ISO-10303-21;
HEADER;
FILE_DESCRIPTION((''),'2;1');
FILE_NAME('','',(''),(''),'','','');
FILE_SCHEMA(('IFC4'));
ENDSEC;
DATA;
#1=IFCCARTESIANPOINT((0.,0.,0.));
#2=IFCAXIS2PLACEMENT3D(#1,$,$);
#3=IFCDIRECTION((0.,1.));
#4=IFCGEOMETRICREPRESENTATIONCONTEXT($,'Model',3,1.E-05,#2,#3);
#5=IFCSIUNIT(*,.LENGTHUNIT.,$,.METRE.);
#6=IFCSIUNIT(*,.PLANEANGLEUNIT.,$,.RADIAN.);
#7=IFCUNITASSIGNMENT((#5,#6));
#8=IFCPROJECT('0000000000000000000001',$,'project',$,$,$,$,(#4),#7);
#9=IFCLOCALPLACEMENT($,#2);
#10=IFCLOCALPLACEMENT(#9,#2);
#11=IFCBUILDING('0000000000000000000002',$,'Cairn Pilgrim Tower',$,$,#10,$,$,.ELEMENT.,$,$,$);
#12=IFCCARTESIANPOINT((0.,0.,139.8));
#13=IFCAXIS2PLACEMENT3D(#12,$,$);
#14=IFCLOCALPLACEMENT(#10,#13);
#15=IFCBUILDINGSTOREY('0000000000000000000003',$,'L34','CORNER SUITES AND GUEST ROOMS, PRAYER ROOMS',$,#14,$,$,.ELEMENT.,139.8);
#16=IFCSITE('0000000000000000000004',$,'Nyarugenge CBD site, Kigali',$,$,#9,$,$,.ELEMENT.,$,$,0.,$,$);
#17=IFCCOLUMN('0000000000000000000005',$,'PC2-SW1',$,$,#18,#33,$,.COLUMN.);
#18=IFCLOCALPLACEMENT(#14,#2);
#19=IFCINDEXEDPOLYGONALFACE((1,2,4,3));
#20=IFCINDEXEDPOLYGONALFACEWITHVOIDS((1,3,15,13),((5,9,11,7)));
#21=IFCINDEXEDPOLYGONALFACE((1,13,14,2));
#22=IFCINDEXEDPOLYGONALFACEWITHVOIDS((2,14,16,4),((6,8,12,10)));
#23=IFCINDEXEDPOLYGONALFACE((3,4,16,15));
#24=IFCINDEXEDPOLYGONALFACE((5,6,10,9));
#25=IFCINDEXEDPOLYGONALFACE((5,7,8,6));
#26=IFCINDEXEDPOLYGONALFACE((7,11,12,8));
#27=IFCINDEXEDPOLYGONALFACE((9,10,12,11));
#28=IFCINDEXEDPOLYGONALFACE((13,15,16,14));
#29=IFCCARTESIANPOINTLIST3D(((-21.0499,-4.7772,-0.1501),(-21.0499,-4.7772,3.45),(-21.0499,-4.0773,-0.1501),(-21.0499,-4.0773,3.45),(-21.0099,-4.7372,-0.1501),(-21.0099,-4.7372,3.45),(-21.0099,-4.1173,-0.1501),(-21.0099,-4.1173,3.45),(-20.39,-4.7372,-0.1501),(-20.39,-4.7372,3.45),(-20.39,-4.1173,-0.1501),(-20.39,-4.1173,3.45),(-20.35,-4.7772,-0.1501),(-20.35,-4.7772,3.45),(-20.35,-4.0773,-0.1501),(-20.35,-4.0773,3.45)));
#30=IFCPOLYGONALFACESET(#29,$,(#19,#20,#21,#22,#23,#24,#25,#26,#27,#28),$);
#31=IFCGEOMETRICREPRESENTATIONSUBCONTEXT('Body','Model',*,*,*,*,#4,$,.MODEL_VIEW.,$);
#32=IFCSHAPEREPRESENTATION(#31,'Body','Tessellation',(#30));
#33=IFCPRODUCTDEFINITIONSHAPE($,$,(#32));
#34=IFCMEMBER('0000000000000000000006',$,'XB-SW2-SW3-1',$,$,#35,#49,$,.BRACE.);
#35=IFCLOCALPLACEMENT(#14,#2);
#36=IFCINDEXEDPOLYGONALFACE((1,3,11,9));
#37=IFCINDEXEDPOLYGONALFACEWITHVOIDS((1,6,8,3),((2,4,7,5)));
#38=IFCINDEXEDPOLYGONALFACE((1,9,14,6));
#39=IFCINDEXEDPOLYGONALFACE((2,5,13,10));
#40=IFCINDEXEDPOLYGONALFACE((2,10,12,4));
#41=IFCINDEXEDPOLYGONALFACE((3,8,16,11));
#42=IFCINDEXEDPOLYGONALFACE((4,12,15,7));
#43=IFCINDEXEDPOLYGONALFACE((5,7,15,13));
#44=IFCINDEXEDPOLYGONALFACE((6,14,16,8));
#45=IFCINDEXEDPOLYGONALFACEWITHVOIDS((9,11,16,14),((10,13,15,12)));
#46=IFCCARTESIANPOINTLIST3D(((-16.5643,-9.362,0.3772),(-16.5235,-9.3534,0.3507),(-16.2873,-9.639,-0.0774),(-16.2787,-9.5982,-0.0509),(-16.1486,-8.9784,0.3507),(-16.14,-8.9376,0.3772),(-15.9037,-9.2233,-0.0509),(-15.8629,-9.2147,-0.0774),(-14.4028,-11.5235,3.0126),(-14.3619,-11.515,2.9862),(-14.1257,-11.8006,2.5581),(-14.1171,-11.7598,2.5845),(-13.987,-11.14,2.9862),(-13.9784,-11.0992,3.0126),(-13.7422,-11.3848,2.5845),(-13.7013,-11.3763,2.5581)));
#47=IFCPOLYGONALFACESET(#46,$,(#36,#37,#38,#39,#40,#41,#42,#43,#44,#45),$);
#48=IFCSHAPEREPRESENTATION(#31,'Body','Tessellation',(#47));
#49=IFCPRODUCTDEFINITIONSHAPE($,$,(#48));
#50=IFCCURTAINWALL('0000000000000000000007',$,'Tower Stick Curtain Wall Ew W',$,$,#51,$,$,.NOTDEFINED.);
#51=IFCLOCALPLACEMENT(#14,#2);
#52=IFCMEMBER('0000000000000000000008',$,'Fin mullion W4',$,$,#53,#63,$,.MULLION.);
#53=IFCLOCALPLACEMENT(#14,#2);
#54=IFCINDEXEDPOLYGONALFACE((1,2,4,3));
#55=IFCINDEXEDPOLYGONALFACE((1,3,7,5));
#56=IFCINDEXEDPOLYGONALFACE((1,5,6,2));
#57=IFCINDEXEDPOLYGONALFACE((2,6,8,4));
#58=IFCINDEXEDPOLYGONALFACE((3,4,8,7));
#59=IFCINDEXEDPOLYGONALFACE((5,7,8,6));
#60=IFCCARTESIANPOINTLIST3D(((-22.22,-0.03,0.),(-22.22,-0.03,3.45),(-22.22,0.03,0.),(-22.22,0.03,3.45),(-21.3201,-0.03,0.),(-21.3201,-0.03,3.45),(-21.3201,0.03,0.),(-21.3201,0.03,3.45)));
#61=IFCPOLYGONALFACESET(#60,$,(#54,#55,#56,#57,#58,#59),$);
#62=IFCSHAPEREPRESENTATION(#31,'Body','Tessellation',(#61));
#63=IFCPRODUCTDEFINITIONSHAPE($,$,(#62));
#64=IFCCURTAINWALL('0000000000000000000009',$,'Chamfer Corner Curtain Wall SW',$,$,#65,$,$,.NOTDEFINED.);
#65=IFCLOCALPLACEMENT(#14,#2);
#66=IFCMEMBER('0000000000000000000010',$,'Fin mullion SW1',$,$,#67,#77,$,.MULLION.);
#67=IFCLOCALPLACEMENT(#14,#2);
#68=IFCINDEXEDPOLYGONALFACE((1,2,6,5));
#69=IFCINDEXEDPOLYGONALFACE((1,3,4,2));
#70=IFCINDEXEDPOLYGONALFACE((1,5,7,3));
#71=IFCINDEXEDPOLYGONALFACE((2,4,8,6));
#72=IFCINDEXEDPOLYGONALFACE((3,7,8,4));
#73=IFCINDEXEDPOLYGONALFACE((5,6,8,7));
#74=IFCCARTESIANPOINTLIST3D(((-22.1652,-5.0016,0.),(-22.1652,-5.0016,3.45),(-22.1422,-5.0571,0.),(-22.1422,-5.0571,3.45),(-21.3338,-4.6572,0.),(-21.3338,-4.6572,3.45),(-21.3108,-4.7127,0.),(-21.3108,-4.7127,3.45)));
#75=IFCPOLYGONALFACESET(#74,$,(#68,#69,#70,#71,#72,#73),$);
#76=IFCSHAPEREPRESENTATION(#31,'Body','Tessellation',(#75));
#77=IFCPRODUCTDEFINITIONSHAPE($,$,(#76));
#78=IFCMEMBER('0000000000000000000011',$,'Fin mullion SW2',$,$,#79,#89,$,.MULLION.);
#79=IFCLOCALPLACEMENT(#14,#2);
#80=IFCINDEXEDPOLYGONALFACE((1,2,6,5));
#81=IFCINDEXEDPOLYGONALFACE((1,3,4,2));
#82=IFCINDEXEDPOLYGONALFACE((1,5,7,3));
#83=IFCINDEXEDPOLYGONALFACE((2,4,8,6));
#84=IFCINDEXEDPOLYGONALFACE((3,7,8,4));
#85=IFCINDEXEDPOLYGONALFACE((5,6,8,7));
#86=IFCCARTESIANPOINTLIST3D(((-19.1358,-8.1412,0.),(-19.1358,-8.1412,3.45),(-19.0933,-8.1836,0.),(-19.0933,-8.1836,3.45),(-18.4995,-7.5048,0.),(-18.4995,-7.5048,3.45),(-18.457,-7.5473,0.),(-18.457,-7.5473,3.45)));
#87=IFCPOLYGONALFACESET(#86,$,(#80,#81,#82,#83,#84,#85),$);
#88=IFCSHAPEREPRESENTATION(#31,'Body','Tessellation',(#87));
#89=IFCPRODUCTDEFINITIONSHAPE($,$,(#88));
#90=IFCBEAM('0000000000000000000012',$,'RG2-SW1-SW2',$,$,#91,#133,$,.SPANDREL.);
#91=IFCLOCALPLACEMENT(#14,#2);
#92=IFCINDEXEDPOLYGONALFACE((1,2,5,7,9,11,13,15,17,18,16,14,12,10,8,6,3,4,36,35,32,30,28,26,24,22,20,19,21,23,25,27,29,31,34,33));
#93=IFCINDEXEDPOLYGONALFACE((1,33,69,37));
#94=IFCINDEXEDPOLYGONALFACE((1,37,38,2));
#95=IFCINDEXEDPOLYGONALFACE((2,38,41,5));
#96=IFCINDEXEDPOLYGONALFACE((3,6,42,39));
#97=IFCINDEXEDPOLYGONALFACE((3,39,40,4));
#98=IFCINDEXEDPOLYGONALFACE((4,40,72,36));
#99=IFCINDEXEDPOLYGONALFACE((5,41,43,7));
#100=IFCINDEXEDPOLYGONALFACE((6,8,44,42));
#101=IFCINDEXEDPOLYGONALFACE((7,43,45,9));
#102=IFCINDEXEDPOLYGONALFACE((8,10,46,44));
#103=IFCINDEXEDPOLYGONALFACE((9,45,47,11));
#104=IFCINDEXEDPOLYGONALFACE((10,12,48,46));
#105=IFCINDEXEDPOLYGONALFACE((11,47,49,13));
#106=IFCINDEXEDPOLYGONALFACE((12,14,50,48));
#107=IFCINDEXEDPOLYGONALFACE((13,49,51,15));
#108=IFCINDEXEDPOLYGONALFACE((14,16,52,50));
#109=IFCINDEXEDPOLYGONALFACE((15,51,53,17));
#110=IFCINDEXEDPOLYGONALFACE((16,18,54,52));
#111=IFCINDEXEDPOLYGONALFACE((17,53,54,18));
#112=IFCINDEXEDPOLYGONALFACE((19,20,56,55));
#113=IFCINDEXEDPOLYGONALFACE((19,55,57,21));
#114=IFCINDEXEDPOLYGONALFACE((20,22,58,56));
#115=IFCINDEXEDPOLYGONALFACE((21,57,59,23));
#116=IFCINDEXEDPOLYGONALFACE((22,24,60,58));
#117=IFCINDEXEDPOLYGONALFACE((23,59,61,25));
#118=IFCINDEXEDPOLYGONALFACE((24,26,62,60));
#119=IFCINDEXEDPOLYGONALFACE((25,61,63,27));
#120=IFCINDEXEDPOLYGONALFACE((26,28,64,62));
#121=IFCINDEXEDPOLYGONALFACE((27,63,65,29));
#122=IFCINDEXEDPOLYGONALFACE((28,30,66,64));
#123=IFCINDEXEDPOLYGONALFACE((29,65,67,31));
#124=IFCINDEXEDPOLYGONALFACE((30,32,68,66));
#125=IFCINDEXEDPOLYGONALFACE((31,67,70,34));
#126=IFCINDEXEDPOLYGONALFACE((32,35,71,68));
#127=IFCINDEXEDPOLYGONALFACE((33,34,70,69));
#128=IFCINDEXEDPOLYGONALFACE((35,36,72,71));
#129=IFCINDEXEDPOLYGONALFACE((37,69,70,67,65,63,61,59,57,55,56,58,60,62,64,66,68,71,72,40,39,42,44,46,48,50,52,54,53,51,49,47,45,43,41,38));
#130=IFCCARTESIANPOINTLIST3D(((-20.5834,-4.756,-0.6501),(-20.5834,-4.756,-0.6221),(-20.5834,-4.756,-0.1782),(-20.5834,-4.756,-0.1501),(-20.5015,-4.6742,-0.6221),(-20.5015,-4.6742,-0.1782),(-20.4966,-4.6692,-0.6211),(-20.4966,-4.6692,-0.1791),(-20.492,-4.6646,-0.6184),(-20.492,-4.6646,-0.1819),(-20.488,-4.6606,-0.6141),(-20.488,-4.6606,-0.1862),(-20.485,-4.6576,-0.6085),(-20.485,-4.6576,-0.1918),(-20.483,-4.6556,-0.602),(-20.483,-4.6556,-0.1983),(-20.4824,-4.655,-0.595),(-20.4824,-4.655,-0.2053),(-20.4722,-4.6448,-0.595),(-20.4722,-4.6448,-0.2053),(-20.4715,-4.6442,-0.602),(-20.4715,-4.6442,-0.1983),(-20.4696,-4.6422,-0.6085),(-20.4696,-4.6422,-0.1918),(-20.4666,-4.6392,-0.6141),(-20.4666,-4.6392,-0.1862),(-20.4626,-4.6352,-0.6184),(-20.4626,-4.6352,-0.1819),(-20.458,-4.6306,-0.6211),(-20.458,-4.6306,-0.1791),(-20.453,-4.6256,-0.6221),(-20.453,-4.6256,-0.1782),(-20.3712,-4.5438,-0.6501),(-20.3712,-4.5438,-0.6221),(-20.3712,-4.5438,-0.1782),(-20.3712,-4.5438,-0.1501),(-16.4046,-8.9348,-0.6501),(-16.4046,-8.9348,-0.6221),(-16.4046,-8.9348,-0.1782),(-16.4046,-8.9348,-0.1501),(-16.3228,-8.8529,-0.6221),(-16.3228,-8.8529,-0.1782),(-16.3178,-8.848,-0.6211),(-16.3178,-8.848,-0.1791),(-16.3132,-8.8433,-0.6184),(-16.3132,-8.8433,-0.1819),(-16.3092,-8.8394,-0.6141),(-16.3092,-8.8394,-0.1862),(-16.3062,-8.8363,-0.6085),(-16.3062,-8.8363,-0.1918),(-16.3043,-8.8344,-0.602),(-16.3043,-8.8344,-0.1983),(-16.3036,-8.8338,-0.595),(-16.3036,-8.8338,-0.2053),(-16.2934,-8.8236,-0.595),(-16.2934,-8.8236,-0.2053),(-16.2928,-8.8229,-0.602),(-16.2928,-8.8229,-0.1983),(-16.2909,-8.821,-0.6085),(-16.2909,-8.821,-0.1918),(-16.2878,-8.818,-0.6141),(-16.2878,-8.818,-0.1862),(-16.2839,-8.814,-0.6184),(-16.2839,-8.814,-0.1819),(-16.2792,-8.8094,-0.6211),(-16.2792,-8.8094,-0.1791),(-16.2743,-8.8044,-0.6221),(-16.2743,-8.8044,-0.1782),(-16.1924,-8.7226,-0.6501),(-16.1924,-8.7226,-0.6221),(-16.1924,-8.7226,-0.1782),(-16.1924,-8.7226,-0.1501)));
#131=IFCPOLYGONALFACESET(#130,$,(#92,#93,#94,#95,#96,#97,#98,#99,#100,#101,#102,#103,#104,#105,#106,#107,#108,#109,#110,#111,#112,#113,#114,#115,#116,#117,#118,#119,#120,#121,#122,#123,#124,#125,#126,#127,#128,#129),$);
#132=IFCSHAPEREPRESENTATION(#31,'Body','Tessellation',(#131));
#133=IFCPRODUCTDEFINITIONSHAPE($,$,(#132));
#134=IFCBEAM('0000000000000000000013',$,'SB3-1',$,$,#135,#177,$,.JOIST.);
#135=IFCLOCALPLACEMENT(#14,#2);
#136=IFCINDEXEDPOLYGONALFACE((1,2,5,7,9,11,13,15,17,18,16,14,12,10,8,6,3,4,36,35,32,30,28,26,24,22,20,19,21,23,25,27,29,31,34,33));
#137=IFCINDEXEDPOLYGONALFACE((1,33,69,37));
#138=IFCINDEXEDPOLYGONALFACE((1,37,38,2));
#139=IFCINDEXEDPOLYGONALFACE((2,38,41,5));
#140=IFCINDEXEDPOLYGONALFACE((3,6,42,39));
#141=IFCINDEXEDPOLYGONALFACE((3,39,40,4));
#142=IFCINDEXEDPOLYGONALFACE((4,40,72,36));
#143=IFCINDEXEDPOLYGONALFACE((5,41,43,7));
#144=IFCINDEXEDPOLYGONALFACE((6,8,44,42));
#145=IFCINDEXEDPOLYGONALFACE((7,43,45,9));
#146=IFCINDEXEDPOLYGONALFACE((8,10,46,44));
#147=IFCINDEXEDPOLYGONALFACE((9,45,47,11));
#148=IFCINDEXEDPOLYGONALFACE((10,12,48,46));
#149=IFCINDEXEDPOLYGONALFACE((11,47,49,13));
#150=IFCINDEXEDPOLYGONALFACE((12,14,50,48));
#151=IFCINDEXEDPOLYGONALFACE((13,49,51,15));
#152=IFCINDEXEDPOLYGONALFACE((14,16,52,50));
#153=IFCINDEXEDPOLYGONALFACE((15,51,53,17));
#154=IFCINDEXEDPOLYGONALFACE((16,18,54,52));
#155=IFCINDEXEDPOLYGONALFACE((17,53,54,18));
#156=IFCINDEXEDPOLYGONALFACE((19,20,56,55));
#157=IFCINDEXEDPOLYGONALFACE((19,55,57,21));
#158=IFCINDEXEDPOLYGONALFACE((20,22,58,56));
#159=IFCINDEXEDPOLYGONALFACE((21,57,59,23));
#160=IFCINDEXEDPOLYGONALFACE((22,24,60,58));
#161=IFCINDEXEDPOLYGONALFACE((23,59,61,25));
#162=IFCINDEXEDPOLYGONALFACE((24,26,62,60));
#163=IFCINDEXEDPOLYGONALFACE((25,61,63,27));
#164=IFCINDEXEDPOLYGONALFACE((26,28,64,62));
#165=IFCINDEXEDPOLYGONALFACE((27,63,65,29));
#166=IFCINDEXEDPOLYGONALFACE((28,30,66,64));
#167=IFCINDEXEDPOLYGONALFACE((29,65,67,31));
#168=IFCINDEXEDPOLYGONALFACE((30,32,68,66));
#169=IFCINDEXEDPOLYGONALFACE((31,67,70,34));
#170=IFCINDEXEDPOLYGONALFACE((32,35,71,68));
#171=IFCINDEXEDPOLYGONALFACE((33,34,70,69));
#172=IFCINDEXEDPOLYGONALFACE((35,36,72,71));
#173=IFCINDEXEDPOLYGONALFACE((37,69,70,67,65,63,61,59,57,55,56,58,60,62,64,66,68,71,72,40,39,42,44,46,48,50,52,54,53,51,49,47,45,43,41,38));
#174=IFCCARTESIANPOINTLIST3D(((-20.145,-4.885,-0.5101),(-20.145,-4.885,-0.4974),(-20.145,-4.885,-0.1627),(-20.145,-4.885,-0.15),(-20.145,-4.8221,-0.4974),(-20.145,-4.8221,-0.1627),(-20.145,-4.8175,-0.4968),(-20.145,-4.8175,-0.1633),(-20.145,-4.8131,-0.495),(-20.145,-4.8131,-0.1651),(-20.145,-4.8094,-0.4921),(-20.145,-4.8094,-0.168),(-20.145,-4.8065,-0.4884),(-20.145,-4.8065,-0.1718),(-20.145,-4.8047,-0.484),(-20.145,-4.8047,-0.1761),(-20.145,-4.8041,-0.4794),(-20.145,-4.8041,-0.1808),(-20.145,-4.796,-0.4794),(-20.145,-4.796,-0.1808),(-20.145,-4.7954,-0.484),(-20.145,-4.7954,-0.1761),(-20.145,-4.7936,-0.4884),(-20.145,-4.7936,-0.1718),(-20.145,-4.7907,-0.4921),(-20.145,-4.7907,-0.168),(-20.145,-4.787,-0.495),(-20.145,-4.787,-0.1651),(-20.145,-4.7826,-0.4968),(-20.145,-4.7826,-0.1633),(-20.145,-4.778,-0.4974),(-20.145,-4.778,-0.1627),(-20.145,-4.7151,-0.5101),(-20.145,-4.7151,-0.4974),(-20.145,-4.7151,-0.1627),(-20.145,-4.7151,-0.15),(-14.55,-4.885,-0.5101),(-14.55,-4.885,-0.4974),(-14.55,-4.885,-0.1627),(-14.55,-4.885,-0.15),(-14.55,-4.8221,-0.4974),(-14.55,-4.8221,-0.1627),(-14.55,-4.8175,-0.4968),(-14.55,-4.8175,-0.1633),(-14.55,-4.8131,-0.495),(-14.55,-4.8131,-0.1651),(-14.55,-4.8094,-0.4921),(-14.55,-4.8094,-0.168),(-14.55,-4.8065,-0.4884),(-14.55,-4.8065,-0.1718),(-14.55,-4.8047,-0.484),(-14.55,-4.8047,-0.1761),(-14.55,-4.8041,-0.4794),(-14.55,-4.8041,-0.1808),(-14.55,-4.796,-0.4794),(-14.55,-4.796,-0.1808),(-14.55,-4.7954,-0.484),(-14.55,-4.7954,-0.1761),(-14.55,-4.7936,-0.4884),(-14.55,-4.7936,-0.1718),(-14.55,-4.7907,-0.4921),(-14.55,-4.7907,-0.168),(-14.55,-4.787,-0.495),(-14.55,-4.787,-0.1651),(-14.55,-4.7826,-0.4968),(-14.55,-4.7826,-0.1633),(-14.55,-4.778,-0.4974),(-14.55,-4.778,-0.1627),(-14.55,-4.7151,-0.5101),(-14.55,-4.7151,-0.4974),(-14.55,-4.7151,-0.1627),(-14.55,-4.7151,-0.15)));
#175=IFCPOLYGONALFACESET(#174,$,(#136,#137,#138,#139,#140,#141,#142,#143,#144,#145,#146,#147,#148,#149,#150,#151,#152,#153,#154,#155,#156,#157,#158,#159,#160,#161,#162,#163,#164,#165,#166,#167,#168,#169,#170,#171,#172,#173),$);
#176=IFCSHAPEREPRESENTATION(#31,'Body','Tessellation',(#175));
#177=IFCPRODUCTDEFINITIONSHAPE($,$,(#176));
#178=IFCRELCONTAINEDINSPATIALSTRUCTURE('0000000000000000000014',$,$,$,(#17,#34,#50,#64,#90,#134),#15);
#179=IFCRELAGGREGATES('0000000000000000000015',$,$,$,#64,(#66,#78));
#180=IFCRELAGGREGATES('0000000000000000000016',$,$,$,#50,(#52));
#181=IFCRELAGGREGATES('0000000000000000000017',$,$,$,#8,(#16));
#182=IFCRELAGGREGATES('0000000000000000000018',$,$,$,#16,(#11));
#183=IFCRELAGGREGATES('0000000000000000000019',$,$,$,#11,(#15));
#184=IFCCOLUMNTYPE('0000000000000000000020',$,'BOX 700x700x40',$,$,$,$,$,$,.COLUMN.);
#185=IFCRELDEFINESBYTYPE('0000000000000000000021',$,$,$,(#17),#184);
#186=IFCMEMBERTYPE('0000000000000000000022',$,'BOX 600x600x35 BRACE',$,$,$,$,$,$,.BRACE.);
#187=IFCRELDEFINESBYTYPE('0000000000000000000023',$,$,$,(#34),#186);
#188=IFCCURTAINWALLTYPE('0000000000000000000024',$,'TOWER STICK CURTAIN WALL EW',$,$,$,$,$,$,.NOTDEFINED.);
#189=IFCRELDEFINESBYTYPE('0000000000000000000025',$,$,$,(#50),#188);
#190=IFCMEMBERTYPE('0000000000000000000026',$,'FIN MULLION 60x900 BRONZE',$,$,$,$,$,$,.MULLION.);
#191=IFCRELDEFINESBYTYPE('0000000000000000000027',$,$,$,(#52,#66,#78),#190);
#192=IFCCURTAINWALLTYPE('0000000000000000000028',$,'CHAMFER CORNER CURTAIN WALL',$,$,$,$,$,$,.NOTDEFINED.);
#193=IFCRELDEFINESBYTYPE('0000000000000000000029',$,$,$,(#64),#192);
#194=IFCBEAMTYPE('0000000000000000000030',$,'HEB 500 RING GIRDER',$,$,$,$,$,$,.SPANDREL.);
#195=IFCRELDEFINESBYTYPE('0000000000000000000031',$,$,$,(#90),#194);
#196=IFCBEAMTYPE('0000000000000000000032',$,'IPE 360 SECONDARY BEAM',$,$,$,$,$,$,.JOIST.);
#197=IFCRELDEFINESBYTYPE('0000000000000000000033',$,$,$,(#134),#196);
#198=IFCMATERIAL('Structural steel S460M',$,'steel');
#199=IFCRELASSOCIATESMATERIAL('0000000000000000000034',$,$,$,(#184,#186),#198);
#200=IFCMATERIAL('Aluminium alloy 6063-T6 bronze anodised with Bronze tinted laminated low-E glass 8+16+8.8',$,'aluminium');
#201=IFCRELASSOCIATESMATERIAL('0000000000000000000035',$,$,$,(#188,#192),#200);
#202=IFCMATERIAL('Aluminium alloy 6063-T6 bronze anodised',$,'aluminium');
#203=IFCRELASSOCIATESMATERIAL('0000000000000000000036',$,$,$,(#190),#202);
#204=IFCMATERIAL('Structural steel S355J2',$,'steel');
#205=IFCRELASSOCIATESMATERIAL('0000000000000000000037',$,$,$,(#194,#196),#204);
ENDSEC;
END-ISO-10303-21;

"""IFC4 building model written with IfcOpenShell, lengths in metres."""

from ifc_helpers import new_model, si_unit, direction, frame, origin, origin_2d, place, context, subcontext, project, spatial, rectangle, hollow_rectangle, i_section, extrude, material, material_profile, profile_set, type_object, element, aggregate, save


model = new_model("IFC4")

# Units and contexts
model_context = context("Model", 3, precision=1e-05, world=origin(), true_north=direction((0.0, 1.0)))
body_context = subcontext(model_context, "Body", "Model", "MODEL_VIEW")
ifc_project = project(units=[si_unit("LENGTHUNIT", "METRE"), si_unit("PLANEANGLEUNIT", "RADIAN")], contexts=[model_context])

# Site, building, storey
site_placement = place(None, origin())
site = spatial("IfcSite", under=ifc_project, at=site_placement, Name="Nyarugenge CBD site, Kigali", CompositionType="ELEMENT", RefElevation=0.0)
building_placement = place(site_placement, origin())
building = spatial("IfcBuilding", under=site, at=building_placement, Name="Cairn Pilgrim Tower", CompositionType="ELEMENT")
storey_placement = place(building_placement, frame((0.0, 0.0, 139.8)))
storey = spatial("IfcBuildingStorey", under=building, at=storey_placement, Name="L34", Description="CORNER SUITES AND GUEST ROOMS, PRAYER ROOMS", CompositionType="ELEMENT", Elevation=139.8)

# Column
ifc_material_1 = material(Name="Structural steel S460M", Category="steel")
ifc_material_profile_1 = material_profile(ifc_material_1, hollow_rectangle(XDim=0.7, YDim=0.7, WallThickness=0.04, at=origin_2d()), Name="BOX 700x700x40")
ifc_profile_set_1 = profile_set([ifc_material_profile_1], Name="Structural steel S460M")
column_type = type_object("IfcColumnType", Name="BOX 700x700x40", PredefinedType="COLUMN", material=ifc_profile_set_1)
column_placement = place(storey_placement, frame((-20.7, -4.4272, -0.1501), z_axis=(0.0, 0.0, 1.0), x_axis=(1.0, 0.0, 0.0)))
element("IfcColumn", 1, at=column_placement, inside=storey, type_object=column_type, Name="PC2-SW1", PredefinedType="COLUMN", context=body_context, shape_type="SweptSolid", body=[
    extrude(hollow_rectangle(XDim=0.7, YDim=0.7, WallThickness=0.04, at=origin_2d()), origin(), (0.0, 0.0, 1.0), 3.6001),
])

# Member
ifc_material_profile_2 = material_profile(ifc_material_1, hollow_rectangle(XDim=0.6001, YDim=0.6001, WallThickness=0.0349, at=origin_2d()), Name="BOX 600x600x35")
ifc_profile_set_2 = profile_set([ifc_material_profile_2], Name="Structural steel S460M")
member_type_1 = type_object("IfcMemberType", Name="BOX 600x600x35 BRACE", PredefinedType="BRACE", material=ifc_profile_set_2)
member_1_placement = place(storey_placement, frame((-16.2136, -9.2883, 0.1499), z_axis=(0.535556, -0.535556, 0.652962), x_axis=(0.707107, 0.707107, 0.0)))
element("IfcMember", 2, at=member_1_placement, inside=storey, type_object=member_type_1, Name="XB-SW2-SW3-1", PredefinedType="BRACE", context=body_context, shape_type="SweptSolid", body=[
    extrude(hollow_rectangle(XDim=0.6001, YDim=0.6001, WallThickness=0.0349, at=origin_2d()), origin(), (0.0, 0.0, 1.0), 4.0361),
])

# Curtain wall, member
ifc_material_2 = material(Name="Aluminium alloy 6063-T6 bronze anodised with Bronze tinted laminated low-E glass 8+16+8.8", Category="aluminium")
curtain_wall_type_1 = type_object("IfcCurtainWallType", Name="TOWER STICK CURTAIN WALL EW", PredefinedType="NOTDEFINED", material=ifc_material_2)
curtain_wall_1_placement = place(storey_placement, origin())
curtain_wall_1 = element("IfcCurtainWall", 3, at=curtain_wall_1_placement, inside=storey, type_object=curtain_wall_type_1, Name="Tower Stick Curtain Wall Ew W", PredefinedType="NOTDEFINED")
ifc_material_3 = material(Name="Aluminium alloy 6063-T6 bronze anodised", Category="aluminium")
ifc_material_profile_3 = material_profile(ifc_material_3, rectangle(XDim=0.8999, YDim=0.0601, at=origin_2d()), Name="FIN MULLION 60x900 BRONZE")
ifc_profile_set_3 = profile_set([ifc_material_profile_3], Name="Aluminium alloy 6063-T6 bronze anodised")
member_type_2 = type_object("IfcMemberType", Name="FIN MULLION 60x900 BRONZE", PredefinedType="MULLION", material=ifc_profile_set_3)
member_2_placement = place(storey_placement, frame((-21.77, 0.0, 0.0), z_axis=(0.0, 0.0, 1.0), x_axis=(-1.0, 0.0, 0.0)))
member_2 = element("IfcMember", 4, at=member_2_placement, type_object=member_type_2, Name="Fin mullion W4", PredefinedType="MULLION", context=body_context, shape_type="SweptSolid", body=[
    extrude(rectangle(XDim=0.8999, YDim=0.0601, at=origin_2d()), origin(), (0.0, 0.0, 1.0), 3.45),
])

# Curtain wall, members
curtain_wall_type_2 = type_object("IfcCurtainWallType", Name="CHAMFER CORNER CURTAIN WALL", PredefinedType="NOTDEFINED", material=ifc_material_2)
curtain_wall_2_placement = place(storey_placement, origin())
curtain_wall_2 = element("IfcCurtainWall", 5, at=curtain_wall_2_placement, inside=storey, type_object=curtain_wall_type_2, Name="Chamfer Corner Curtain Wall SW", PredefinedType="NOTDEFINED")
member_3_placement = place(storey_placement, frame((-21.738, -4.8572, 0.0), z_axis=(0.0, 0.0, 1.0), x_axis=(-0.92388, -0.382683, 0.0)))
member_3 = element("IfcMember", 6, at=member_3_placement, type_object=member_type_2, Name="Fin mullion SW1", PredefinedType="MULLION", context=body_context, shape_type="SweptSolid", body=[
    extrude(rectangle(XDim=0.8999, YDim=0.0601, at=origin_2d()), origin(), (0.0, 0.0, 1.0), 3.45),
])
member_4_placement = place(storey_placement, frame((-18.7964, -7.8442, 0.0), z_axis=(0.0, 0.0, 1.0), x_axis=(-0.707107, -0.707107, 0.0)))
member_4 = element("IfcMember", 7, at=member_4_placement, type_object=member_type_2, Name="Fin mullion SW2", PredefinedType="MULLION", context=body_context, shape_type="SweptSolid", body=[
    extrude(rectangle(XDim=0.8999, YDim=0.0601, at=origin_2d()), origin(), (0.0, 0.0, 1.0), 3.45),
])

# Beams
ifc_material_4 = material(Name="Structural steel S355J2", Category="steel")
ifc_material_profile_4 = material_profile(ifc_material_4, i_section(OverallWidth=0.3, OverallDepth=0.5, WebThickness=0.0144, FlangeThickness=0.0281, FilletRadius=0.0271, at=origin_2d()), Name="HEB 500")
ifc_profile_set_4 = profile_set([ifc_material_profile_4], Name="Structural steel S355J2")
beam_type_1 = type_object("IfcBeamType", Name="HEB 500 RING GIRDER", PredefinedType="SPANDREL", material=ifc_profile_set_4)
beam_1_placement = place(storey_placement, frame((-20.4773, -4.6499, -0.4001), z_axis=(0.707107, -0.707107, 0.0), x_axis=(0.707107, 0.707107, 0.0)))
element("IfcBeam", 8, at=beam_1_placement, inside=storey, type_object=beam_type_1, Name="RG2-SW1-SW2", PredefinedType="SPANDREL", context=body_context, shape_type="SweptSolid", body=[
    extrude(i_section(OverallWidth=0.3, OverallDepth=0.5, WebThickness=0.0144, FlangeThickness=0.0281, FilletRadius=0.0271, at=origin_2d()), origin(), (0.0, 0.0, 1.0), 5.9097),
])
ifc_material_profile_5 = material_profile(ifc_material_4, i_section(OverallWidth=0.1699, OverallDepth=0.3601, WebThickness=0.0081, FlangeThickness=0.0127, FilletRadius=0.0181, at=origin_2d()), Name="IPE 360")
ifc_profile_set_5 = profile_set([ifc_material_profile_5], Name="Structural steel S355J2")
beam_type_2 = type_object("IfcBeamType", Name="IPE 360 SECONDARY BEAM", PredefinedType="JOIST", material=ifc_profile_set_5)
beam_2_placement = place(storey_placement, frame((-20.145, -4.8, -0.3301), z_axis=(1.0, 0.0, 0.0), x_axis=(0.0, 1.0, 0.0)))
element("IfcBeam", 9, at=beam_2_placement, inside=storey, type_object=beam_type_2, Name="SB3-1", PredefinedType="JOIST", context=body_context, shape_type="SweptSolid", body=[
    extrude(i_section(OverallWidth=0.1699, OverallDepth=0.3601, WebThickness=0.0081, FlangeThickness=0.0127, FilletRadius=0.0181, at=origin_2d()), origin(), (0.0, 0.0, 1.0), 5.595),
])

aggregate(curtain_wall_2, [member_3, member_4])
aggregate(curtain_wall_1, [member_2])

save(model, "model.ifc")
